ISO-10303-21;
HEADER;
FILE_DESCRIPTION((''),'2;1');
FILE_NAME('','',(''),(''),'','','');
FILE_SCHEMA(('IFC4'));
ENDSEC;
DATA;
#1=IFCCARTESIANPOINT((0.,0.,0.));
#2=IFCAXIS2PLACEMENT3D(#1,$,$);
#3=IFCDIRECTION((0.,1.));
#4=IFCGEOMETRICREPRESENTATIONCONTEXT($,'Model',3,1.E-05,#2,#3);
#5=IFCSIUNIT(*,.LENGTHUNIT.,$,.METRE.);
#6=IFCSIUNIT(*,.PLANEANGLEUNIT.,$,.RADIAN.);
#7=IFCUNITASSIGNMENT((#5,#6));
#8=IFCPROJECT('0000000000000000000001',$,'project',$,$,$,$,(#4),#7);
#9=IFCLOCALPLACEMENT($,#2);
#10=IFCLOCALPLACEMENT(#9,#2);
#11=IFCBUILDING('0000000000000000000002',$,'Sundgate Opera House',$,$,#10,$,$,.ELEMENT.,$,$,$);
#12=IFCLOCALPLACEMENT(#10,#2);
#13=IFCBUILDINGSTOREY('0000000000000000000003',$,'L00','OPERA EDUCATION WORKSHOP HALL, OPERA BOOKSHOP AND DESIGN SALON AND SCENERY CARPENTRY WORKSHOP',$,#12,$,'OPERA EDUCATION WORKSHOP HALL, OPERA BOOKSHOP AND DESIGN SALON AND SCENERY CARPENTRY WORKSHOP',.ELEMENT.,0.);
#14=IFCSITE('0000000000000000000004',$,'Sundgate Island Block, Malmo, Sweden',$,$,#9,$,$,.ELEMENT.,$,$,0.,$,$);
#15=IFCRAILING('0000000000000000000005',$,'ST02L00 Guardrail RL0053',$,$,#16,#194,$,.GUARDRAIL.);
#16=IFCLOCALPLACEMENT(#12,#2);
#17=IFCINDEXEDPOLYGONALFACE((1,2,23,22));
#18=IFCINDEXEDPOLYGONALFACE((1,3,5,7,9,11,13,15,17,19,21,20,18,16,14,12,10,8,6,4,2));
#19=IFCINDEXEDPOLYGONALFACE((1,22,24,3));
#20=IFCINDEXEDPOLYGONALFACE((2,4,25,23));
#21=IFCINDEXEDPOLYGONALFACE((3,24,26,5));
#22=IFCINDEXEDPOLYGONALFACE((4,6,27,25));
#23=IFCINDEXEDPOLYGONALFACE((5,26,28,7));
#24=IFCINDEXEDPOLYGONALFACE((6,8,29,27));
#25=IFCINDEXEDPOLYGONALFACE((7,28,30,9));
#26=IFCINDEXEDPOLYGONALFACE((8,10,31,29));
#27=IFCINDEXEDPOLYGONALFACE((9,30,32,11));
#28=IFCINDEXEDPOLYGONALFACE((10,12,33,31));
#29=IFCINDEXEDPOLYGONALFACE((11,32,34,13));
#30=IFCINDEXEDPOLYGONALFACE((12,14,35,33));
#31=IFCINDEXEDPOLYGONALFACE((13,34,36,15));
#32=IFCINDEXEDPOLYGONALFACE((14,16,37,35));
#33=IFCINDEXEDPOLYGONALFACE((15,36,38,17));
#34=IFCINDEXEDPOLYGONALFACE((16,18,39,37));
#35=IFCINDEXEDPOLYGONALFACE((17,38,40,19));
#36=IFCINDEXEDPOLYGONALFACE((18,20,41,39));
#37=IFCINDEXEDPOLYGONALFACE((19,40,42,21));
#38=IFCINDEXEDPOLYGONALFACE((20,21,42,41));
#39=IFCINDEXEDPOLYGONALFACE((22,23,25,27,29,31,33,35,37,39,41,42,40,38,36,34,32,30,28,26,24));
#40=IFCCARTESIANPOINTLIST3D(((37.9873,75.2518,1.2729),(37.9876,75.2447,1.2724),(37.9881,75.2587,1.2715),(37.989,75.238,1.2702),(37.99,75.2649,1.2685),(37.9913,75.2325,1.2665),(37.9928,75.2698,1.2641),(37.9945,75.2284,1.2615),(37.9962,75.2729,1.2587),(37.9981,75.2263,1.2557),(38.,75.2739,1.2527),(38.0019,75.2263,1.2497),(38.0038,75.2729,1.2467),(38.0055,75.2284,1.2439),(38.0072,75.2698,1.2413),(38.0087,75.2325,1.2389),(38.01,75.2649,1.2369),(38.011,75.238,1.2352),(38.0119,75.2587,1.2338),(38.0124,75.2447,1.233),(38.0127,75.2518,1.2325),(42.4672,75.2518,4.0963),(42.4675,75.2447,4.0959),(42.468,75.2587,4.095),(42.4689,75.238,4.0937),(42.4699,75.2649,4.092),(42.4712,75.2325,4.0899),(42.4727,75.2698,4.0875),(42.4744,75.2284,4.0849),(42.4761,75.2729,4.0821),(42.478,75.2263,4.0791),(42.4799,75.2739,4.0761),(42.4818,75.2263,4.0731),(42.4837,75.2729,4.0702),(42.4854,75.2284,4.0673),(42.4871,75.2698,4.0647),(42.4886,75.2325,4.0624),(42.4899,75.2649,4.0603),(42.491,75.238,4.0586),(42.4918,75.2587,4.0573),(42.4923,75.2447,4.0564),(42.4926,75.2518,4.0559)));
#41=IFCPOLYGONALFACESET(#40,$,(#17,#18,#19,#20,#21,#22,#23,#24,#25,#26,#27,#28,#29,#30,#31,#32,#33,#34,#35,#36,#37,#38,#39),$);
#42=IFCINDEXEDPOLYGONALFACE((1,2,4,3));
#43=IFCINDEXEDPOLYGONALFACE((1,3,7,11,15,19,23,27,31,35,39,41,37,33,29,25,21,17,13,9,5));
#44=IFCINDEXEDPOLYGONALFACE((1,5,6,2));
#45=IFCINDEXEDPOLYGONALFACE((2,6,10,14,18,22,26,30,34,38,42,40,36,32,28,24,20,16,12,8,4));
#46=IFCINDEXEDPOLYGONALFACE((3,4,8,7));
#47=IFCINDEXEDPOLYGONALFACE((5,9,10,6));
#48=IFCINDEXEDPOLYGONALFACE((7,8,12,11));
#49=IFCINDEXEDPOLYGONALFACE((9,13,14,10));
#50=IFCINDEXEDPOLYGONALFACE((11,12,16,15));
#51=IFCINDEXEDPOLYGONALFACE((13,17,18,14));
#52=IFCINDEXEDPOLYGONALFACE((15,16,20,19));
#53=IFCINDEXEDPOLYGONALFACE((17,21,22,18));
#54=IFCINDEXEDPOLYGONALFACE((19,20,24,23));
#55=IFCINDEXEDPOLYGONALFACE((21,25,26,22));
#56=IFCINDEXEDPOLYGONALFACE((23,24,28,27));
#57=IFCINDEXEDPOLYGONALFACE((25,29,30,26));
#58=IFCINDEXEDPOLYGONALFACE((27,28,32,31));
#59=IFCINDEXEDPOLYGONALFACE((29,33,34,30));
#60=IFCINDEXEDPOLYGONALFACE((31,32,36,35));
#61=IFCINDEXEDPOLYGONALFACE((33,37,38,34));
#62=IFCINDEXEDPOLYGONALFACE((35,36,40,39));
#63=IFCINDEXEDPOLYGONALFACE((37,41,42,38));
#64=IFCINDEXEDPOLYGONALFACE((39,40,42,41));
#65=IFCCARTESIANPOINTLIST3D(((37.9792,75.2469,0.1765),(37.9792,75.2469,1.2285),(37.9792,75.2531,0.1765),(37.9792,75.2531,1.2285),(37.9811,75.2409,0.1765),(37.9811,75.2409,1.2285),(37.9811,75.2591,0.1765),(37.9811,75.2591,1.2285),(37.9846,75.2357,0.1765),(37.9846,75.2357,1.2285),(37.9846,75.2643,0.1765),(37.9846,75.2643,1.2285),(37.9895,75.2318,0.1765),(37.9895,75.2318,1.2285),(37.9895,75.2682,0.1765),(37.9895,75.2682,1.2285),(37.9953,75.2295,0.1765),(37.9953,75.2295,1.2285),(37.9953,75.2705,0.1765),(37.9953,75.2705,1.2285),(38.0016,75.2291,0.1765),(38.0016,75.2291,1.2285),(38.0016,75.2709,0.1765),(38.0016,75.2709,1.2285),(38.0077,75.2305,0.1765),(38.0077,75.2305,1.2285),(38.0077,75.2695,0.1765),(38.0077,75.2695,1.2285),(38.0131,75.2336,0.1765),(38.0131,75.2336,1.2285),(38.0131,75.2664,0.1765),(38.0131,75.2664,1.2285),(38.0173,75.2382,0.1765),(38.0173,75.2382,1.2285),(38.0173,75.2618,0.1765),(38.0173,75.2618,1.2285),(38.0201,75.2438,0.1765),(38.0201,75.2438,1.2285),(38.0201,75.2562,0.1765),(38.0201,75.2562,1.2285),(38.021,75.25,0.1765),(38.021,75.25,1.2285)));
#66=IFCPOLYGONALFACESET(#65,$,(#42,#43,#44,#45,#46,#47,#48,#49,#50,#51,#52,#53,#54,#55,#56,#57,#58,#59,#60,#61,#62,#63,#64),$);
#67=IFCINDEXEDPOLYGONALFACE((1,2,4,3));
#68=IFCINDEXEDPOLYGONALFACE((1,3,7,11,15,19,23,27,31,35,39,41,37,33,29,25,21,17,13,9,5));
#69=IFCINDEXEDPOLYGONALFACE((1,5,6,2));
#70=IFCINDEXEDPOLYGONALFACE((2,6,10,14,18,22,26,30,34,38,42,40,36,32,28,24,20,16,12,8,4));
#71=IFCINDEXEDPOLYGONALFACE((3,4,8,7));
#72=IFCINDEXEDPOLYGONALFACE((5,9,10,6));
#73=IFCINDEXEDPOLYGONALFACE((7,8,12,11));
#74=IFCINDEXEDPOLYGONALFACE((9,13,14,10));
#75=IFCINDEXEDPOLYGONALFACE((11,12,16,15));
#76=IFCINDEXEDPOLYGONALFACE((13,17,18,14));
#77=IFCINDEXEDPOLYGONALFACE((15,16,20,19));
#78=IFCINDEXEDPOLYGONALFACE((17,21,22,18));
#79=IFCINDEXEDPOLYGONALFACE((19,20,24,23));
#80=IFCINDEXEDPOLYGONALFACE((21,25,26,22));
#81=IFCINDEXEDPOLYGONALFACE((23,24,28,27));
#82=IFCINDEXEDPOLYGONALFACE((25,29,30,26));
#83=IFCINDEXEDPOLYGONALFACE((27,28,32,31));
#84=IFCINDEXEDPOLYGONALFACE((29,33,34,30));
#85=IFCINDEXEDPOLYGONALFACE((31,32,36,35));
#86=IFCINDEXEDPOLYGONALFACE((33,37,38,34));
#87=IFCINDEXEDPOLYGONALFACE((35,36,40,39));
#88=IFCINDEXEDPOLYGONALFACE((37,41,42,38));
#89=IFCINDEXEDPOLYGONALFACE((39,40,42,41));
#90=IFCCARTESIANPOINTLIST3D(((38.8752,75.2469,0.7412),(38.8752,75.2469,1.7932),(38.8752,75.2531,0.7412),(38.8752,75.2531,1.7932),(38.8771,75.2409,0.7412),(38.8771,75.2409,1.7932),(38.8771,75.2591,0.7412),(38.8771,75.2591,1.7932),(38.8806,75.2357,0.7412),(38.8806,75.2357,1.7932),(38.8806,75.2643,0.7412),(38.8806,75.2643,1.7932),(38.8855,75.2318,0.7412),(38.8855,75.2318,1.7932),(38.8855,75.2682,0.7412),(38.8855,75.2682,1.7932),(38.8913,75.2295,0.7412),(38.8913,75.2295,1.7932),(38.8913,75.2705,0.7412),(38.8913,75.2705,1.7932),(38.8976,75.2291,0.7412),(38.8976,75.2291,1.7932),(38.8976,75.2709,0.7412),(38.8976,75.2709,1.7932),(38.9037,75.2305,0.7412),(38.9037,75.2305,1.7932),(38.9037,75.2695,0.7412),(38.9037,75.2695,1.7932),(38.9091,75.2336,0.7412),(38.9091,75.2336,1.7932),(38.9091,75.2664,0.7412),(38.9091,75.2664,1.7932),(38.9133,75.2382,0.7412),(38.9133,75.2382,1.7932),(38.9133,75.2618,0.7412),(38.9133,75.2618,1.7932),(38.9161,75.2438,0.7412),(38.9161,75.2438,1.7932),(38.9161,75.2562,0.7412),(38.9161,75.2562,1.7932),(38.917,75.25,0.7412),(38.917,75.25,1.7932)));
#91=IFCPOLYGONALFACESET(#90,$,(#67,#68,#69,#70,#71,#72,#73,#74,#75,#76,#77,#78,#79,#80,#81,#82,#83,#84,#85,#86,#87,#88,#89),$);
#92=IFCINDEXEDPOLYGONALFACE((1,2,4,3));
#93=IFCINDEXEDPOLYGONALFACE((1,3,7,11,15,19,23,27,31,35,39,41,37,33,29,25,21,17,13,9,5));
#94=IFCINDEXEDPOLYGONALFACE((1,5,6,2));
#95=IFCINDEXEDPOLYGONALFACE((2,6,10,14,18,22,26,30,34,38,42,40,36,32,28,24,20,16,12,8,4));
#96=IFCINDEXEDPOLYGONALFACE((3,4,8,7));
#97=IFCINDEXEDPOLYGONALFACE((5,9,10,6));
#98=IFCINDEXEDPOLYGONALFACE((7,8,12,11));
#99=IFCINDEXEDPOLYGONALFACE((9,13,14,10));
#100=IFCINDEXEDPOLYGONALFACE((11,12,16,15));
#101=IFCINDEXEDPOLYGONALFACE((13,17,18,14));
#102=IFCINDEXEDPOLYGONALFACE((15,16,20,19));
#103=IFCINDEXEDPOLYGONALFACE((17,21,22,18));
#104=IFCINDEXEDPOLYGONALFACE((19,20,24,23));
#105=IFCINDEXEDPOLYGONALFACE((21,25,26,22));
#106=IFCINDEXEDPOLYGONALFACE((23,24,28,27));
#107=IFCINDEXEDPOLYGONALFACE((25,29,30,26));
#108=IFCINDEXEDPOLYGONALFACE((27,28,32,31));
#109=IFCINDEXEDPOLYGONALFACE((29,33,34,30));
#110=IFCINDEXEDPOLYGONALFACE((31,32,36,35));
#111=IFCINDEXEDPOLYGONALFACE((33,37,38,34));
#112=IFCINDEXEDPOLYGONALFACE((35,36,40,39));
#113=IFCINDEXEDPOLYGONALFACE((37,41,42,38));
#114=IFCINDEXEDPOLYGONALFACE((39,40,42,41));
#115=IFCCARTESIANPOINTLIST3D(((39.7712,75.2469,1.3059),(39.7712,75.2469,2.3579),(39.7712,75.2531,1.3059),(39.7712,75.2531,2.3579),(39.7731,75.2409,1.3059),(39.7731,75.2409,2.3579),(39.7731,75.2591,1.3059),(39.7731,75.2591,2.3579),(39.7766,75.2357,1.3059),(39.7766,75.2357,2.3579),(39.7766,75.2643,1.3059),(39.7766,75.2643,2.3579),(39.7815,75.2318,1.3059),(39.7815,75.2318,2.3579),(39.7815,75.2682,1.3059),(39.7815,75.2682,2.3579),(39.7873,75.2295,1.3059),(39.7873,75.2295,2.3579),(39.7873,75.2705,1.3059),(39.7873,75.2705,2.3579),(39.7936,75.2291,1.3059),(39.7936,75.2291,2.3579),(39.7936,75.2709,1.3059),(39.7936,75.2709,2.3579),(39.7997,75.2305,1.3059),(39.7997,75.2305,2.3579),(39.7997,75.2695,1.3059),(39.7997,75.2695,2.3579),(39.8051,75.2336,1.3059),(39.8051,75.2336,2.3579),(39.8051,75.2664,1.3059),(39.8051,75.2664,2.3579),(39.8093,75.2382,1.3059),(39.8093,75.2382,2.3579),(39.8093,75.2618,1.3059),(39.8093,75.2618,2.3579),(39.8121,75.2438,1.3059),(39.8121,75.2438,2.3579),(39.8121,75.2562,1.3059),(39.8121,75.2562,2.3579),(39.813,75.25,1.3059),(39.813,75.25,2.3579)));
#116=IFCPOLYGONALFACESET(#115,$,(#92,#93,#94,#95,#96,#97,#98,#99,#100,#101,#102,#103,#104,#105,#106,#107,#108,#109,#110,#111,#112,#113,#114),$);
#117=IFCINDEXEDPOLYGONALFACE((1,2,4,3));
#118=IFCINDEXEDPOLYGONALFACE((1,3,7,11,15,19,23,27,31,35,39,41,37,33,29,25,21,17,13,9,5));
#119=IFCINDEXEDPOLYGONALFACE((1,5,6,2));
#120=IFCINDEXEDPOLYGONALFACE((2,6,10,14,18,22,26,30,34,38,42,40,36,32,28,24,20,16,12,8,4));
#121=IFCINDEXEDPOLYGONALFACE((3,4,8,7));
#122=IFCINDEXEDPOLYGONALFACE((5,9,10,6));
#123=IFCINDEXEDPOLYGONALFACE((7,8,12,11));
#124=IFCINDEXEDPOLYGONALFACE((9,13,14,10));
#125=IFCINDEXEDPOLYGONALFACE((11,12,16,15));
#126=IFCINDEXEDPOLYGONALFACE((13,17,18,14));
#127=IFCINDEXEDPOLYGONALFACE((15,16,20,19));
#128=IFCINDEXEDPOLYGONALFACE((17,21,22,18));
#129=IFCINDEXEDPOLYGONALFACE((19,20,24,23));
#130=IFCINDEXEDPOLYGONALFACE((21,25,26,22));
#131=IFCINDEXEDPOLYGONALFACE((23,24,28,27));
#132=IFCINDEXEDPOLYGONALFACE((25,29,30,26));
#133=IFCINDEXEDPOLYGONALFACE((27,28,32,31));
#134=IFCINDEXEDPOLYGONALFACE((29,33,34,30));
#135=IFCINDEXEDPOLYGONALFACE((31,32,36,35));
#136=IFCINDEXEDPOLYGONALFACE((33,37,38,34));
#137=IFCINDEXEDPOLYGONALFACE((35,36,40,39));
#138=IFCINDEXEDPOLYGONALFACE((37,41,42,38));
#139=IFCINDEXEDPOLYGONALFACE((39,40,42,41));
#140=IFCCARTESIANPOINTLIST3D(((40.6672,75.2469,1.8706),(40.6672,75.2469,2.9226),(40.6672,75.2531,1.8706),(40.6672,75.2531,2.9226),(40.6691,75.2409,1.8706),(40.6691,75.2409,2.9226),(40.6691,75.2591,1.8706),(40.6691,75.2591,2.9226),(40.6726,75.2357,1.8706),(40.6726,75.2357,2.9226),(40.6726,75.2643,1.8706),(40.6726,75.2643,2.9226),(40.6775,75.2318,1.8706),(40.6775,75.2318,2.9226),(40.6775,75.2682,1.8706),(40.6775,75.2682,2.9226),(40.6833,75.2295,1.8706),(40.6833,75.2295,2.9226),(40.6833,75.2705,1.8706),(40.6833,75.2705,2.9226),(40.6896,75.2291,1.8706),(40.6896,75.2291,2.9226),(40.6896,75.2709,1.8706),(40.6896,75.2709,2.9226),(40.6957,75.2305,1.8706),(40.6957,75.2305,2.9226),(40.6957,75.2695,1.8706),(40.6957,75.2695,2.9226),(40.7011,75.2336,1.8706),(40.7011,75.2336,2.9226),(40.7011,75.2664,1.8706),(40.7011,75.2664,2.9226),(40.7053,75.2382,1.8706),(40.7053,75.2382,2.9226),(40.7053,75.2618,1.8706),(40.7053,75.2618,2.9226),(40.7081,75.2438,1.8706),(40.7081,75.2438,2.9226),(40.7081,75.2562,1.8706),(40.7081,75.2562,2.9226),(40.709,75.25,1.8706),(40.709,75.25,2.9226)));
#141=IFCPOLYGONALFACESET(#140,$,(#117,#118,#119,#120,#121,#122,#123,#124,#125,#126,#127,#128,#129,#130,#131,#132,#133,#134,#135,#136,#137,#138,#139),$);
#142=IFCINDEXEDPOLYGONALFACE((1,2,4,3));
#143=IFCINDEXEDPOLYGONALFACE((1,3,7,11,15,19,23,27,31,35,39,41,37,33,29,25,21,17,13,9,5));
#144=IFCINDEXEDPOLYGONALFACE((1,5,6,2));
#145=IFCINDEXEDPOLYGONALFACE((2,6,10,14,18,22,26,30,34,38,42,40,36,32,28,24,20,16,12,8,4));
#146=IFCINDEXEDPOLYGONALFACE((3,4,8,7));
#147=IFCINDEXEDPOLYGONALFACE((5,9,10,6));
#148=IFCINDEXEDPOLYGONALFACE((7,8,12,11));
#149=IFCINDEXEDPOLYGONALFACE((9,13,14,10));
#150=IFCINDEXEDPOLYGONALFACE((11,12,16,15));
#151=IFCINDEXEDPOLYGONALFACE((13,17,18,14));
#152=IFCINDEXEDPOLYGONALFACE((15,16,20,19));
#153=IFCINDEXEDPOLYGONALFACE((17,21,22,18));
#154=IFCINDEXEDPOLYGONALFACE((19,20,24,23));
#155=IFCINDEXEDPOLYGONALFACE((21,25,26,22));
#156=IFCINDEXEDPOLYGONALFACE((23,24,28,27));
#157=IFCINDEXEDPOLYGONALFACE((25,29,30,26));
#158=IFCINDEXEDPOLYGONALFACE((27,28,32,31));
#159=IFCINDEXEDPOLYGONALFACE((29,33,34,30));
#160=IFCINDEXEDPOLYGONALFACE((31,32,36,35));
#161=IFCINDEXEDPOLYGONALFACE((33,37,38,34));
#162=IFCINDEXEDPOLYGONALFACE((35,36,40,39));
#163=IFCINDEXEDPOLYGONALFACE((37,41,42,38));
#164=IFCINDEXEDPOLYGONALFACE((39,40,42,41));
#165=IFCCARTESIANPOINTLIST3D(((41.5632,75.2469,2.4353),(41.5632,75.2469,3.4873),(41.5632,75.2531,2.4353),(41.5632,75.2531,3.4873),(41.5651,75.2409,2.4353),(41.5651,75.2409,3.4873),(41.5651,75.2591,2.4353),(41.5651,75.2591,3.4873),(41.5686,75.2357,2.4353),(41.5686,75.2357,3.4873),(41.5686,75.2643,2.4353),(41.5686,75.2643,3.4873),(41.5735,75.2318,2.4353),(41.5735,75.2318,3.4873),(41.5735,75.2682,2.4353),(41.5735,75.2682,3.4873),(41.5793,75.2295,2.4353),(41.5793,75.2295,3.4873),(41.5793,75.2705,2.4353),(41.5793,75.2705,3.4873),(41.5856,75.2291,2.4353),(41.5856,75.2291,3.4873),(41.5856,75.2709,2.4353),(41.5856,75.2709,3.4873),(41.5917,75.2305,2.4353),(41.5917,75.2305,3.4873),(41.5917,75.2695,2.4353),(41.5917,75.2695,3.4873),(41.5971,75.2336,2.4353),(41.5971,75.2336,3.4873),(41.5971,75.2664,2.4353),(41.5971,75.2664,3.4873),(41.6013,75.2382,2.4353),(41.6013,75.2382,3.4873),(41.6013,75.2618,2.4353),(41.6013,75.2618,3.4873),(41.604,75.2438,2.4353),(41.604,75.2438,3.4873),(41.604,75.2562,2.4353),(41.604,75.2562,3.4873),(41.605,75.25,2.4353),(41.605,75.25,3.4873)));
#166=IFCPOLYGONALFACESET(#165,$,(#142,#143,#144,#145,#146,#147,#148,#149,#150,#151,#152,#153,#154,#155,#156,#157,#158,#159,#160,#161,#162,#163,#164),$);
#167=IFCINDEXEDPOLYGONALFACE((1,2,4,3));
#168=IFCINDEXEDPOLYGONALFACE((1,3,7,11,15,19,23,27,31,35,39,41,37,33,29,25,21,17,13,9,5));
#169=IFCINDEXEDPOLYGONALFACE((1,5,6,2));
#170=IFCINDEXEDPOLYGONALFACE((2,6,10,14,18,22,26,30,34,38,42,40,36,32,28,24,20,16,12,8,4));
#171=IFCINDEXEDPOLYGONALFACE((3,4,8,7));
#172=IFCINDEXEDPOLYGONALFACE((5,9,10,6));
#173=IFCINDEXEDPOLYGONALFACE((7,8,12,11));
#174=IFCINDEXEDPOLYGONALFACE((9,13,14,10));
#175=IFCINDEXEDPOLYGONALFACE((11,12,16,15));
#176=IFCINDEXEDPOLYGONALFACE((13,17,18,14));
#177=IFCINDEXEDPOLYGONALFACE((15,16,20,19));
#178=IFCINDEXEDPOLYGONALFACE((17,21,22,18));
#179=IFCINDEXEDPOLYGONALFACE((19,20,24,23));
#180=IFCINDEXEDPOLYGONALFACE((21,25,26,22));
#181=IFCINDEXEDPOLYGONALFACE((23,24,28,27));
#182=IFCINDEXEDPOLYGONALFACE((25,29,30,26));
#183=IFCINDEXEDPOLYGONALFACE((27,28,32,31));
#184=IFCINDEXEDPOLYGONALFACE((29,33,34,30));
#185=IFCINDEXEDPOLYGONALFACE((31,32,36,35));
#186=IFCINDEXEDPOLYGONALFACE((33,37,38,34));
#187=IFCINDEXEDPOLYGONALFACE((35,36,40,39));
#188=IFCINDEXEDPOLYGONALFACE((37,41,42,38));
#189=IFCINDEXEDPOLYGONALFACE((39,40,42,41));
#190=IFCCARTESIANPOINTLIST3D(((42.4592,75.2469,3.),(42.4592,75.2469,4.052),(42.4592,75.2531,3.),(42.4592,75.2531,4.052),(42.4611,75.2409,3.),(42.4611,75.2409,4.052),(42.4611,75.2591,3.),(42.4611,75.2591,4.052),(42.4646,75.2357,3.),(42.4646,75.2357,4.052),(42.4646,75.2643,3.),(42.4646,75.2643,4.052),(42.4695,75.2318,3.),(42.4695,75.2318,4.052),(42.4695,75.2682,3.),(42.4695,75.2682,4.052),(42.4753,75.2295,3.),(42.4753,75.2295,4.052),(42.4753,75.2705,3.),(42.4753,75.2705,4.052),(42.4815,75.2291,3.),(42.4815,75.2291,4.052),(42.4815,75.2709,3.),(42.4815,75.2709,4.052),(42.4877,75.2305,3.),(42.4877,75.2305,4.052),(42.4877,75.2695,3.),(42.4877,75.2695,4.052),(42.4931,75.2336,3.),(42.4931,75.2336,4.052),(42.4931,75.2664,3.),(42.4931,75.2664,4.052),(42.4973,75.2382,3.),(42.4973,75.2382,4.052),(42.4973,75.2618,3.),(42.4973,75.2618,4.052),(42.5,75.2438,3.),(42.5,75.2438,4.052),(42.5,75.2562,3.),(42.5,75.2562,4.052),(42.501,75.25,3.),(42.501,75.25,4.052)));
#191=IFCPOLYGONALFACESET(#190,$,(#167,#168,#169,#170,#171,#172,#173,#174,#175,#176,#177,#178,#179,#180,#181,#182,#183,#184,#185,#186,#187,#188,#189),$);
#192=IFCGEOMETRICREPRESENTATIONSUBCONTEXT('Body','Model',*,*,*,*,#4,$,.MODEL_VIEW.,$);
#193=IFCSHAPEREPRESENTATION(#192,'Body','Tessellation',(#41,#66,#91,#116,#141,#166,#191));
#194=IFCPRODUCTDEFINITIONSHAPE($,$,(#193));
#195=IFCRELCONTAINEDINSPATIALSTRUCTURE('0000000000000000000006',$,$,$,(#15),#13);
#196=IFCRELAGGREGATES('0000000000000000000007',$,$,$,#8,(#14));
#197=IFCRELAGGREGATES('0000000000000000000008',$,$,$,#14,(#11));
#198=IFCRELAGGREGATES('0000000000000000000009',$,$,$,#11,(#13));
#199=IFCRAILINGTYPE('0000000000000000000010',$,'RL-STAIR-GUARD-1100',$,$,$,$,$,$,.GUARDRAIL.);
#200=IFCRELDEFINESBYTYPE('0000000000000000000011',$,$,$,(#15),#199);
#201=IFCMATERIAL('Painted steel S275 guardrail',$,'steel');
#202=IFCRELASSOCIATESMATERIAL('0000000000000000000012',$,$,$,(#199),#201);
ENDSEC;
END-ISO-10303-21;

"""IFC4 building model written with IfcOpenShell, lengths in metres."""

from ifc_helpers import new_model, si_unit, direction, frame, origin, origin_2d, place, context, subcontext, project, spatial, circle, extrude, material, type_object, element, save


model = new_model("IFC4")

# Units and contexts
model_context = context("Model", 3, precision=1e-05, world=origin(), true_north=direction((0.0, 1.0)))
body_context = subcontext(model_context, "Body", "Model", "MODEL_VIEW")
ifc_project = project(units=[si_unit("LENGTHUNIT", "METRE"), si_unit("PLANEANGLEUNIT", "RADIAN")], contexts=[model_context])

# Site, building, storey
site_placement = place(None, origin())
site = spatial("IfcSite", under=ifc_project, at=site_placement, Name="Sundgate Island Block, Malmo, Sweden", CompositionType="ELEMENT", RefElevation=0.0)
building_placement = place(site_placement, origin())
building = spatial("IfcBuilding", under=site, at=building_placement, Name="Sundgate Opera House", CompositionType="ELEMENT")
storey_placement = place(building_placement, origin())
storey = spatial("IfcBuildingStorey", under=building, at=storey_placement, Name="L00", Description="OPERA EDUCATION WORKSHOP HALL, OPERA BOOKSHOP AND DESIGN SALON AND SCENERY CARPENTRY WORKSHOP", LongName="OPERA EDUCATION WORKSHOP HALL, OPERA BOOKSHOP AND DESIGN SALON AND SCENERY CARPENTRY WORKSHOP", CompositionType="ELEMENT", Elevation=0.0)

# Railing
ifc_material_1 = material(Name="Painted steel S275 guardrail", Category="steel")
railing_type_1 = type_object("IfcRailingType", Name="RL-STAIR-GUARD-1100", PredefinedType="GUARDRAIL", material=ifc_material_1)
railing_1_placement = place(storey_placement, frame((38.0, 75.25, 0.1765)))
element("IfcRailing", 1, at=railing_1_placement, inside=storey, type_object=railing_type_1, Name="ST02L00 Guardrail RL0053", PredefinedType="GUARDRAIL", context=body_context, shape_type="SweptSolid", body=[
    extrude(circle(Radius=0.0239, at=origin_2d()), frame((0.0, 0.0, 1.0762), z_axis=(0.845998, 0.0, 0.533186), x_axis=(0.0, 1.0, 0.0)), (0.0, 0.0, 1.0), 5.2954),
    extrude(circle(Radius=0.021, at=origin_2d()), origin(), (0.0, 0.0, 1.0), 1.052),
    extrude(circle(Radius=0.021, at=origin_2d()), frame((0.896, 0.0, 0.5647)), (0.0, 0.0, 1.0), 1.052),
    extrude(circle(Radius=0.021, at=origin_2d()), frame((1.792, 0.0, 1.1294)), (0.0, 0.0, 1.0), 1.052),
    extrude(circle(Radius=0.021, at=origin_2d()), frame((2.688, 0.0, 1.6941)), (0.0, 0.0, 1.0), 1.052),
    extrude(circle(Radius=0.021, at=origin_2d()), frame((3.584, 0.0, 2.2588)), (0.0, 0.0, 1.0), 1.052),
    extrude(circle(Radius=0.021, at=origin_2d()), frame((4.48, 0.0, 2.8235)), (0.0, 0.0, 1.0), 1.052),
])

save(model, "model.ifc")
